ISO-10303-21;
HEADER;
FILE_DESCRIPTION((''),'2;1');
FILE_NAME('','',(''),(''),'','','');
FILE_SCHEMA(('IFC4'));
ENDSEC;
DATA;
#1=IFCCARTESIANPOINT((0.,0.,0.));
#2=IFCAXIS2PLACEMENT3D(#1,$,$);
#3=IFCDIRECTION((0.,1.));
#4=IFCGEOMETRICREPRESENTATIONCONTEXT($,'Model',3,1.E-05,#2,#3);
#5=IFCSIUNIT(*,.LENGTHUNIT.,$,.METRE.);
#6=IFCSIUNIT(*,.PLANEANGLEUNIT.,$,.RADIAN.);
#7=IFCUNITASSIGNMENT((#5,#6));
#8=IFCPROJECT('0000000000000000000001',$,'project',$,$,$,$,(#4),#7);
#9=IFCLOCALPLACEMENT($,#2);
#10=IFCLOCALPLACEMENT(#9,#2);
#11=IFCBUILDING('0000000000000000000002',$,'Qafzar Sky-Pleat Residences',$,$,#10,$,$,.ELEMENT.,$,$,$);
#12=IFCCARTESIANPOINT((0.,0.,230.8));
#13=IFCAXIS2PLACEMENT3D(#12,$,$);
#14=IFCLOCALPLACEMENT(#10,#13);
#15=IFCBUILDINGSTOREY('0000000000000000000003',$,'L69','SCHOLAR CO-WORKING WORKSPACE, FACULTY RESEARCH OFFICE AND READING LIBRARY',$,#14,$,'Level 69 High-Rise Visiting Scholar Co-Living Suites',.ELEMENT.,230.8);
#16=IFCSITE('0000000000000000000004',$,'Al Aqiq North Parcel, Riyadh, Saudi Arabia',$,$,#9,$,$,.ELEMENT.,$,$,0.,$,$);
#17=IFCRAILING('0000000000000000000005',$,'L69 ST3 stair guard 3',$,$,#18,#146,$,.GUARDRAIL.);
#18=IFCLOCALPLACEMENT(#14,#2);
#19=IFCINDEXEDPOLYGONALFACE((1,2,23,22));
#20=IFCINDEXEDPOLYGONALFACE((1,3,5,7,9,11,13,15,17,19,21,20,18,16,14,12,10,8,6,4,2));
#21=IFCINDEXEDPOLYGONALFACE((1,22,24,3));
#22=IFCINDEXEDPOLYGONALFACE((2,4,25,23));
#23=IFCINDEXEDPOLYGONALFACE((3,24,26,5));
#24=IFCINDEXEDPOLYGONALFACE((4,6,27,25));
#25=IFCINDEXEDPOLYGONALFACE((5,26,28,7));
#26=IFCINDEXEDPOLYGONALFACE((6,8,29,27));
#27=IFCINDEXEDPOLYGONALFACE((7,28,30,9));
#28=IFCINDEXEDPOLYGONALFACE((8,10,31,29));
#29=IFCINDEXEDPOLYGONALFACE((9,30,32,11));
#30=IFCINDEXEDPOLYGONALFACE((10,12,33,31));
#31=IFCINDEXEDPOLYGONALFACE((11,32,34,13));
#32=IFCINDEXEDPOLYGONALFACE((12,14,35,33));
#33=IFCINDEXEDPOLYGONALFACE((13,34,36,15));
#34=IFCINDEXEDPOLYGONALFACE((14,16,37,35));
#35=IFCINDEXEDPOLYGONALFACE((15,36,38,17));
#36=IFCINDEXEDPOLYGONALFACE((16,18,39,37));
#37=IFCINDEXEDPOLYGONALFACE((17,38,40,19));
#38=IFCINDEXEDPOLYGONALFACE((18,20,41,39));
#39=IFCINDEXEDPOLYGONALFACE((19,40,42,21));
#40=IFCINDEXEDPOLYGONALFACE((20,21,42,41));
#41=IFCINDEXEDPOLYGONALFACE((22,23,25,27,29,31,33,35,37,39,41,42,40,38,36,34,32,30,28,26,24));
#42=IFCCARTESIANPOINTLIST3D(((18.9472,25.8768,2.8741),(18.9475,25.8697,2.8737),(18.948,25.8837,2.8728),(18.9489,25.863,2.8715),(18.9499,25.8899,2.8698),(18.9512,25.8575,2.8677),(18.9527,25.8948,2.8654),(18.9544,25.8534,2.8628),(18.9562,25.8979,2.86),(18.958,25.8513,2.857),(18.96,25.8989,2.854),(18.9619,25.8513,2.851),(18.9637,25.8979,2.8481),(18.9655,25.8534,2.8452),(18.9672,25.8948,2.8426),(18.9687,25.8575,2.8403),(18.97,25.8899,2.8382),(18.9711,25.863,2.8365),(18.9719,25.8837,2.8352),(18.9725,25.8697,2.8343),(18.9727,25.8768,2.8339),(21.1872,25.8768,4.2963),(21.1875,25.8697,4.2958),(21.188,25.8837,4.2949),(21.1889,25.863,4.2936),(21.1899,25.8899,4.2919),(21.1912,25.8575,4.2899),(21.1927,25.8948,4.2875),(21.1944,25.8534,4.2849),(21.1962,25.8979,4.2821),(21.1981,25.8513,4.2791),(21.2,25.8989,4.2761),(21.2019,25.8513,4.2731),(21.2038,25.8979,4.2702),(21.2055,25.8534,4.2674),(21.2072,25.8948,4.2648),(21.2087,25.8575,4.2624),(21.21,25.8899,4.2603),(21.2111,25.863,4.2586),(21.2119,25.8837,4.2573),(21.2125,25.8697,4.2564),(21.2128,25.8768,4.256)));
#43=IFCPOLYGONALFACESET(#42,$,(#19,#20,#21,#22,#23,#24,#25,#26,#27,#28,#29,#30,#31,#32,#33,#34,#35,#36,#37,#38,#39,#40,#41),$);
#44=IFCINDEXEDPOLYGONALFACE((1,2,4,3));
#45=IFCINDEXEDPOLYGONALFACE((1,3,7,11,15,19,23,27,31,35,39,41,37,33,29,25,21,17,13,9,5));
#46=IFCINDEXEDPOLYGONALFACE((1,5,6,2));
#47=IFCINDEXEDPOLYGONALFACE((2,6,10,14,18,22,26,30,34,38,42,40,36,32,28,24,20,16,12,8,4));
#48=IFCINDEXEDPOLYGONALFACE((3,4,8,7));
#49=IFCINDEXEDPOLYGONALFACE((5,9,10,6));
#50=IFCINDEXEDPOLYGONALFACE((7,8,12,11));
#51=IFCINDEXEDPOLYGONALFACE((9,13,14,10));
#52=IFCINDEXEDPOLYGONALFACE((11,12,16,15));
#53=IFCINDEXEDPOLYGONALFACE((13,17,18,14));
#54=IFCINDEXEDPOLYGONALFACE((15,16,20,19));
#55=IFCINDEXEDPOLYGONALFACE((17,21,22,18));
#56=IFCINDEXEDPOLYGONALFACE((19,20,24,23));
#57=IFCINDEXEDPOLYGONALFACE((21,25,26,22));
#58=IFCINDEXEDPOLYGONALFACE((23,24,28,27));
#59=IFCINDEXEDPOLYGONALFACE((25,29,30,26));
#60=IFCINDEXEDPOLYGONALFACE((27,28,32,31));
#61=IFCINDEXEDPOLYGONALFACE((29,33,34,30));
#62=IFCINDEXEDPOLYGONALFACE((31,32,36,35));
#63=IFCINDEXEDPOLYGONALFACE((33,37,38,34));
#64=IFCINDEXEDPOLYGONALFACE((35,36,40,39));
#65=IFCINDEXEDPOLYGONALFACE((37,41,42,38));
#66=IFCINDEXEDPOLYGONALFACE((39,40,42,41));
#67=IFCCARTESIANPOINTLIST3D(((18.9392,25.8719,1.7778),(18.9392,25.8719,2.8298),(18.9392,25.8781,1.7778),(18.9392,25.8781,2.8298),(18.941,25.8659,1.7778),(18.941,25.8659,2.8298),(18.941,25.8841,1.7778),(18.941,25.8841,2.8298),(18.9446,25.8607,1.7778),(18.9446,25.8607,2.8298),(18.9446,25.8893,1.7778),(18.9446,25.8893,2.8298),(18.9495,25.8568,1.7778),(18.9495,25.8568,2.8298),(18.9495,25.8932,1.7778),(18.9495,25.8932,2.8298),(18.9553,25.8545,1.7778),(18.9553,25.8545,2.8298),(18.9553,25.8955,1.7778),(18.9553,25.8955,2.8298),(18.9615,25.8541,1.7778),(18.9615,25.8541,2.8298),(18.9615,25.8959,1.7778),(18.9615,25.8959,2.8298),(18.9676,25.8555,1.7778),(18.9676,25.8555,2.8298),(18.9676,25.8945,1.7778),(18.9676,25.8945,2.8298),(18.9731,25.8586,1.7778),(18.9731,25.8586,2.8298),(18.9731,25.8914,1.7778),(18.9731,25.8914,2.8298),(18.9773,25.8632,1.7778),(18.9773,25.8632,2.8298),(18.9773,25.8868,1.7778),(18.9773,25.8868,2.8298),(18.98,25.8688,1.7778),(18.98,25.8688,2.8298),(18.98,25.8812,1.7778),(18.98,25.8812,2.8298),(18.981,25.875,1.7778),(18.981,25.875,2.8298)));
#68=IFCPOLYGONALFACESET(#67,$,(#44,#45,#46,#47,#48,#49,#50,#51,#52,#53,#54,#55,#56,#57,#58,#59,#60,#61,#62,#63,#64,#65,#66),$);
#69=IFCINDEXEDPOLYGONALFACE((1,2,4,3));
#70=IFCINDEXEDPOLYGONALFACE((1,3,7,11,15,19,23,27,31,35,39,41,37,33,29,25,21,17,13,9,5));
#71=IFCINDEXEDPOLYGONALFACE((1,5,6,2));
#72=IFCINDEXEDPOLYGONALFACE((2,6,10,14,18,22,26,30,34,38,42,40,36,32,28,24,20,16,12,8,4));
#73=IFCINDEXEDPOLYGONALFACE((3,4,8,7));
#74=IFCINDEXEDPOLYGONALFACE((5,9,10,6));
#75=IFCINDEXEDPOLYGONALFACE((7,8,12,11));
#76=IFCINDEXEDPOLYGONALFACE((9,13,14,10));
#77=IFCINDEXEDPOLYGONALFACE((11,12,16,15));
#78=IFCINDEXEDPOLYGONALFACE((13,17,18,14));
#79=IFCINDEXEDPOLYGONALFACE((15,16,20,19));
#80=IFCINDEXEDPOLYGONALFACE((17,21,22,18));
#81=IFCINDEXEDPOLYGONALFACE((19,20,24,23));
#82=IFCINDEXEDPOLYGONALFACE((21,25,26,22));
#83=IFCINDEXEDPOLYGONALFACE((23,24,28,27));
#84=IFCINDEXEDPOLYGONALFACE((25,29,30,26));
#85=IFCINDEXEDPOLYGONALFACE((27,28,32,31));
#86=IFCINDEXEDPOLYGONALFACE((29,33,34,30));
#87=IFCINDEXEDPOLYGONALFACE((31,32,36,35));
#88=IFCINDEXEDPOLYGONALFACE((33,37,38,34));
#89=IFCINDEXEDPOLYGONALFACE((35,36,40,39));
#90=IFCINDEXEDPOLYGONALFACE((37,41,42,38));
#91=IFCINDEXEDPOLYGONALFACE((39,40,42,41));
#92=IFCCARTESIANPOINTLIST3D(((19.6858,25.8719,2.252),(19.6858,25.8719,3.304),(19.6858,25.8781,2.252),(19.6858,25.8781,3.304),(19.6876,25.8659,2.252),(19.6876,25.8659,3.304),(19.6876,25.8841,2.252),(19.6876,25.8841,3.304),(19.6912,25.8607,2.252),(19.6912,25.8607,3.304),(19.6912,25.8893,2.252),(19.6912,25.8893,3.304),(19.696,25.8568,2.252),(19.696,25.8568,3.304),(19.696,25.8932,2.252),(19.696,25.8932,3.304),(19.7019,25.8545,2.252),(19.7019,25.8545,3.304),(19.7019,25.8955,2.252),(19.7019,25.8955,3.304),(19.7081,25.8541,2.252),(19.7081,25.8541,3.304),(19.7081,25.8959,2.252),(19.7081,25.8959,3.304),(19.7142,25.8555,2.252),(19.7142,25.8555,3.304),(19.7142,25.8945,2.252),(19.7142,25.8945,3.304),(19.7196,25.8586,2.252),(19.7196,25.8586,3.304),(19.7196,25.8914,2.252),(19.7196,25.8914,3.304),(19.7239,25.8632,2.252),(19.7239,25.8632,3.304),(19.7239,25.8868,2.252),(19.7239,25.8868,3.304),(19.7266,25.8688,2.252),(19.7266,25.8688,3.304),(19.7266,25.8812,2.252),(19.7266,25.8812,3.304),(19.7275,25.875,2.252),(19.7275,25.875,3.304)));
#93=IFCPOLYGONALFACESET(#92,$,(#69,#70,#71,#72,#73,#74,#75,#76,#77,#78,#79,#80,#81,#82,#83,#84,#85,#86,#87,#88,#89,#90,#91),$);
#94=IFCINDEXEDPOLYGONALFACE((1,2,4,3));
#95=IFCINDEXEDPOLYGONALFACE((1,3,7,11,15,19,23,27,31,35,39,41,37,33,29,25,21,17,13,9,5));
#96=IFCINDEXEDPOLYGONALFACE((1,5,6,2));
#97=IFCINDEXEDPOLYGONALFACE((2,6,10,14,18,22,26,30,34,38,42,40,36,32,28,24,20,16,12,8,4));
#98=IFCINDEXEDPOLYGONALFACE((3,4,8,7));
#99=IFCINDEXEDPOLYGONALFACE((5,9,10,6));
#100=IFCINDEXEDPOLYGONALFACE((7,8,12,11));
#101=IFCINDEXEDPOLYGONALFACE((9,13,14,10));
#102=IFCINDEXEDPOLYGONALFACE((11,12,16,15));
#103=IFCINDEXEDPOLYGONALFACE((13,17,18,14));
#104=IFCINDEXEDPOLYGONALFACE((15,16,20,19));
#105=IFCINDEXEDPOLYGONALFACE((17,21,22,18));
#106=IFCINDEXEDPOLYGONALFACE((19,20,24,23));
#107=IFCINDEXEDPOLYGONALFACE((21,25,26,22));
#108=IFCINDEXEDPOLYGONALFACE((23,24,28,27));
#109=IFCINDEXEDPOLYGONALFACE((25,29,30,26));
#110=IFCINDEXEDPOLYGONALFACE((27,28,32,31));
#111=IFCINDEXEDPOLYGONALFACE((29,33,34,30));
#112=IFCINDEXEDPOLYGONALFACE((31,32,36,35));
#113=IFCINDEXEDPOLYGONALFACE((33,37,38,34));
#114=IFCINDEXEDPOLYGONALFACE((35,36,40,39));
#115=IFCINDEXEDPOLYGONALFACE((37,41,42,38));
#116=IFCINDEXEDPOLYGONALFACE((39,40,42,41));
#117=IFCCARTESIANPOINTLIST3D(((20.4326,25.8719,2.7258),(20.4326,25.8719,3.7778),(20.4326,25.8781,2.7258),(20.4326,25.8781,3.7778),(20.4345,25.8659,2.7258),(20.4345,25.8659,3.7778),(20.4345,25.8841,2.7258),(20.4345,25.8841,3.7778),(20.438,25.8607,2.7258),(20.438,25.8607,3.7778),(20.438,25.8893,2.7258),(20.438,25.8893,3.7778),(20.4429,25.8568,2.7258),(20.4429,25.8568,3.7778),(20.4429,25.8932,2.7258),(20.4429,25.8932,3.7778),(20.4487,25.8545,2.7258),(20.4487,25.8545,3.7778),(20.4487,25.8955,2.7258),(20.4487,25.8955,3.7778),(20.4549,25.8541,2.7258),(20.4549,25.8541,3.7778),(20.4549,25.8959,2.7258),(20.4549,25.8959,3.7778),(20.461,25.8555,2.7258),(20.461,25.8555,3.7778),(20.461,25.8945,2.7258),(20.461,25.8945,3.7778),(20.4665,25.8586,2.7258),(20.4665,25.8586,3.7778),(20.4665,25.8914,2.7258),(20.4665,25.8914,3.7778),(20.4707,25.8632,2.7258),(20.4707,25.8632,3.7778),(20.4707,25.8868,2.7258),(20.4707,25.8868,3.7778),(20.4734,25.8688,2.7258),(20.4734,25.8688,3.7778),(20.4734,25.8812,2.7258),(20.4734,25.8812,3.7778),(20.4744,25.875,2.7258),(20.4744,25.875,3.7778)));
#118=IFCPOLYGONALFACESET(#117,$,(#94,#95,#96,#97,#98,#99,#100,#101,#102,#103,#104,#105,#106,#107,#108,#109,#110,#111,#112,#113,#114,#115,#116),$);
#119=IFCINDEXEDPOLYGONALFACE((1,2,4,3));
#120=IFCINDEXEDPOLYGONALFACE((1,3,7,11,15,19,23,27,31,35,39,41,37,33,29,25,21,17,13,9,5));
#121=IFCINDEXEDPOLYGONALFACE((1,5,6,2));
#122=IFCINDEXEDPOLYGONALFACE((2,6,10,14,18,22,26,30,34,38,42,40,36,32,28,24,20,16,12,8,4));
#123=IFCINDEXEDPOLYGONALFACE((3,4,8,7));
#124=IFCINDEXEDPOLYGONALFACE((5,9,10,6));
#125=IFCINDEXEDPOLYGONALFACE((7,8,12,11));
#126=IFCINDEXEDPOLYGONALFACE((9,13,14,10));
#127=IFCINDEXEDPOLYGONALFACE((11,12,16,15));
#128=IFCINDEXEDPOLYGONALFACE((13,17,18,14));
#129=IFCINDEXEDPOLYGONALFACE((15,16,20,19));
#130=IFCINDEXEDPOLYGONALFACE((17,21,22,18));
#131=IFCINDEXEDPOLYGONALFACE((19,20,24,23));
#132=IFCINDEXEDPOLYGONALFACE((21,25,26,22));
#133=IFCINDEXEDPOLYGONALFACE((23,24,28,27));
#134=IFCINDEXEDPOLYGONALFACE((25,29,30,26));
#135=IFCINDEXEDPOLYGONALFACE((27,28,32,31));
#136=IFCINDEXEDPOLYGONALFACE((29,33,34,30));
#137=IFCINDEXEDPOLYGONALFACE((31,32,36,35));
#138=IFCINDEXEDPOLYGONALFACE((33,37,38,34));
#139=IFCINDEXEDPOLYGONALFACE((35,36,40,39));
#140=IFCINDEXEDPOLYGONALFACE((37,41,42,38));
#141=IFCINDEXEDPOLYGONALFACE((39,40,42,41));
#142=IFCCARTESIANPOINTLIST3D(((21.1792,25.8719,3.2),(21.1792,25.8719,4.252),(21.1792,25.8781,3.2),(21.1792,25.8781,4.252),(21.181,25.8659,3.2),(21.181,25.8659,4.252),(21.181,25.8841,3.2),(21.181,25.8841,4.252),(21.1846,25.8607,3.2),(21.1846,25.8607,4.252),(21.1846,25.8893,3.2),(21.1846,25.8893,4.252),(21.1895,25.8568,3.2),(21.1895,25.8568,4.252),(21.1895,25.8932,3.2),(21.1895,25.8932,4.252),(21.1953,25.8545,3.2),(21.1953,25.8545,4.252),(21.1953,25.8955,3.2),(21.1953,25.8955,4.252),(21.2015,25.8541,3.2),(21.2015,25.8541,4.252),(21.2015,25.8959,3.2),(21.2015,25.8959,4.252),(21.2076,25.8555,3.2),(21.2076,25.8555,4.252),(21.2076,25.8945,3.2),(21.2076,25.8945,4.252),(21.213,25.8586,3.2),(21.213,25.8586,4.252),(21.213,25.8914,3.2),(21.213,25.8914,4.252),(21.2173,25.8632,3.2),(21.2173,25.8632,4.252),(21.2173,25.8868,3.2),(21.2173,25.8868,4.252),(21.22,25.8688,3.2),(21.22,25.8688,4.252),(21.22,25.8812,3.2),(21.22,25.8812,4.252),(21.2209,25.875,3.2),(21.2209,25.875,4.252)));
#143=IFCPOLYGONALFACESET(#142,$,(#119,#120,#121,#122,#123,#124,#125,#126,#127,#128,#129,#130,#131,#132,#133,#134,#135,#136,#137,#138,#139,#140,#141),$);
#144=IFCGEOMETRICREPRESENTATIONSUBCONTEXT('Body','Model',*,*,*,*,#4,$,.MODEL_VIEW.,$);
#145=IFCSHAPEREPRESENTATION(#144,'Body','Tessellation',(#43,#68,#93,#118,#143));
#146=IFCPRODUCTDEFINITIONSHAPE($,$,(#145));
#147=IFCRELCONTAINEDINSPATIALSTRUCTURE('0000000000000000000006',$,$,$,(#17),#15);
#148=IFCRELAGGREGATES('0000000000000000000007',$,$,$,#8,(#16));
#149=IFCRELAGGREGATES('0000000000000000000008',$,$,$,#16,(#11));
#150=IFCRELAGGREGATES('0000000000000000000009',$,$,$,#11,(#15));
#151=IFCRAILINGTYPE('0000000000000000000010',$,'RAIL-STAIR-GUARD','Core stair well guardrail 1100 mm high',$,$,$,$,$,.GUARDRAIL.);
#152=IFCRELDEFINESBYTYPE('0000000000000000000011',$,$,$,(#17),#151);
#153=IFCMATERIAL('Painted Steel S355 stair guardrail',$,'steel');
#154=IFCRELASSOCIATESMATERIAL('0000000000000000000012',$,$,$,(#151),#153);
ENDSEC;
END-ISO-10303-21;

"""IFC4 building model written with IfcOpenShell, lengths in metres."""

from ifc_helpers import new_model, si_unit, direction, frame, origin, origin_2d, place, context, subcontext, project, spatial, circle, extrude, source, transform, mapped, material, type_object, element, save


model = new_model("IFC4")

# Units and contexts
model_context = context("Model", 3, precision=1e-05, world=origin(), true_north=direction((0.0, 1.0)))
body_context = subcontext(model_context, "Body", "Model", "MODEL_VIEW")
ifc_project = project(units=[si_unit("LENGTHUNIT", "METRE"), si_unit("PLANEANGLEUNIT", "RADIAN")], contexts=[model_context])

# Site, building, storey
site_placement = place(None, origin())
site = spatial("IfcSite", under=ifc_project, at=site_placement, Name="Al Aqiq North Parcel, Riyadh, Saudi Arabia", CompositionType="ELEMENT", RefElevation=0.0)
building_placement = place(site_placement, origin())
building = spatial("IfcBuilding", under=site, at=building_placement, Name="Qafzar Sky-Pleat Residences", CompositionType="ELEMENT")
storey_placement = place(building_placement, frame((0.0, 0.0, 230.8)))
storey = spatial("IfcBuildingStorey", under=building, at=storey_placement, Name="L69", Description="SCHOLAR CO-WORKING WORKSPACE, FACULTY RESEARCH OFFICE AND READING LIBRARY", LongName="Level 69 High-Rise Visiting Scholar Co-Living Suites", CompositionType="ELEMENT", Elevation=230.8)

# Railing
ifc_material_1 = material(Name="Painted Steel S355 stair guardrail", Category="steel")
railing_type_1 = type_object("IfcRailingType", Name="RAIL-STAIR-GUARD", Description="Core stair well guardrail 1100 mm high", PredefinedType="GUARDRAIL", material=ifc_material_1)
shared_shape_1 = source(origin(), body_context, "Body", "SweptSolid", [
    extrude(circle(Radius=0.0239, at=origin_2d()), frame((0.0, 0.0, 1.0762), z_axis=(0.844229, 0.0, 0.535982), x_axis=(0.0, 1.0, 0.0)), (0.0, 0.0, 1.0), 2.6533),
    extrude(circle(Radius=0.021, at=origin_2d()), origin(), (0.0, 0.0, 1.0), 1.052),
    extrude(circle(Radius=0.021, at=origin_2d()), frame((0.7466, 0.0, 0.4741)), (0.0, 0.0, 1.0), 1.052),
    extrude(circle(Radius=0.021, at=origin_2d()), frame((1.4934, 0.0, 0.948)), (0.0, 0.0, 1.0), 1.052),
    extrude(circle(Radius=0.021, at=origin_2d()), frame((2.24, 0.0, 1.4221)), (0.0, 0.0, 1.0), 1.052),
])
railing_1_placement = place(storey_placement, frame((18.96, 25.875, 1.7778)))
element("IfcRailing", 1, at=railing_1_placement, inside=storey, type_object=railing_type_1, Name="L69 ST3 stair guard 3", PredefinedType="GUARDRAIL", context=body_context, shape_type="MappedRepresentation", body=[
    mapped(shared_shape_1, transform((0.0, 0.0, 0.0), x_axis=(1.0, 0.0, 0.0), y_axis=(0.0, 1.0, 0.0), z_axis=(0.0, 0.0, 1.0), scale=1.0)),
])

save(model, "model.ifc")
